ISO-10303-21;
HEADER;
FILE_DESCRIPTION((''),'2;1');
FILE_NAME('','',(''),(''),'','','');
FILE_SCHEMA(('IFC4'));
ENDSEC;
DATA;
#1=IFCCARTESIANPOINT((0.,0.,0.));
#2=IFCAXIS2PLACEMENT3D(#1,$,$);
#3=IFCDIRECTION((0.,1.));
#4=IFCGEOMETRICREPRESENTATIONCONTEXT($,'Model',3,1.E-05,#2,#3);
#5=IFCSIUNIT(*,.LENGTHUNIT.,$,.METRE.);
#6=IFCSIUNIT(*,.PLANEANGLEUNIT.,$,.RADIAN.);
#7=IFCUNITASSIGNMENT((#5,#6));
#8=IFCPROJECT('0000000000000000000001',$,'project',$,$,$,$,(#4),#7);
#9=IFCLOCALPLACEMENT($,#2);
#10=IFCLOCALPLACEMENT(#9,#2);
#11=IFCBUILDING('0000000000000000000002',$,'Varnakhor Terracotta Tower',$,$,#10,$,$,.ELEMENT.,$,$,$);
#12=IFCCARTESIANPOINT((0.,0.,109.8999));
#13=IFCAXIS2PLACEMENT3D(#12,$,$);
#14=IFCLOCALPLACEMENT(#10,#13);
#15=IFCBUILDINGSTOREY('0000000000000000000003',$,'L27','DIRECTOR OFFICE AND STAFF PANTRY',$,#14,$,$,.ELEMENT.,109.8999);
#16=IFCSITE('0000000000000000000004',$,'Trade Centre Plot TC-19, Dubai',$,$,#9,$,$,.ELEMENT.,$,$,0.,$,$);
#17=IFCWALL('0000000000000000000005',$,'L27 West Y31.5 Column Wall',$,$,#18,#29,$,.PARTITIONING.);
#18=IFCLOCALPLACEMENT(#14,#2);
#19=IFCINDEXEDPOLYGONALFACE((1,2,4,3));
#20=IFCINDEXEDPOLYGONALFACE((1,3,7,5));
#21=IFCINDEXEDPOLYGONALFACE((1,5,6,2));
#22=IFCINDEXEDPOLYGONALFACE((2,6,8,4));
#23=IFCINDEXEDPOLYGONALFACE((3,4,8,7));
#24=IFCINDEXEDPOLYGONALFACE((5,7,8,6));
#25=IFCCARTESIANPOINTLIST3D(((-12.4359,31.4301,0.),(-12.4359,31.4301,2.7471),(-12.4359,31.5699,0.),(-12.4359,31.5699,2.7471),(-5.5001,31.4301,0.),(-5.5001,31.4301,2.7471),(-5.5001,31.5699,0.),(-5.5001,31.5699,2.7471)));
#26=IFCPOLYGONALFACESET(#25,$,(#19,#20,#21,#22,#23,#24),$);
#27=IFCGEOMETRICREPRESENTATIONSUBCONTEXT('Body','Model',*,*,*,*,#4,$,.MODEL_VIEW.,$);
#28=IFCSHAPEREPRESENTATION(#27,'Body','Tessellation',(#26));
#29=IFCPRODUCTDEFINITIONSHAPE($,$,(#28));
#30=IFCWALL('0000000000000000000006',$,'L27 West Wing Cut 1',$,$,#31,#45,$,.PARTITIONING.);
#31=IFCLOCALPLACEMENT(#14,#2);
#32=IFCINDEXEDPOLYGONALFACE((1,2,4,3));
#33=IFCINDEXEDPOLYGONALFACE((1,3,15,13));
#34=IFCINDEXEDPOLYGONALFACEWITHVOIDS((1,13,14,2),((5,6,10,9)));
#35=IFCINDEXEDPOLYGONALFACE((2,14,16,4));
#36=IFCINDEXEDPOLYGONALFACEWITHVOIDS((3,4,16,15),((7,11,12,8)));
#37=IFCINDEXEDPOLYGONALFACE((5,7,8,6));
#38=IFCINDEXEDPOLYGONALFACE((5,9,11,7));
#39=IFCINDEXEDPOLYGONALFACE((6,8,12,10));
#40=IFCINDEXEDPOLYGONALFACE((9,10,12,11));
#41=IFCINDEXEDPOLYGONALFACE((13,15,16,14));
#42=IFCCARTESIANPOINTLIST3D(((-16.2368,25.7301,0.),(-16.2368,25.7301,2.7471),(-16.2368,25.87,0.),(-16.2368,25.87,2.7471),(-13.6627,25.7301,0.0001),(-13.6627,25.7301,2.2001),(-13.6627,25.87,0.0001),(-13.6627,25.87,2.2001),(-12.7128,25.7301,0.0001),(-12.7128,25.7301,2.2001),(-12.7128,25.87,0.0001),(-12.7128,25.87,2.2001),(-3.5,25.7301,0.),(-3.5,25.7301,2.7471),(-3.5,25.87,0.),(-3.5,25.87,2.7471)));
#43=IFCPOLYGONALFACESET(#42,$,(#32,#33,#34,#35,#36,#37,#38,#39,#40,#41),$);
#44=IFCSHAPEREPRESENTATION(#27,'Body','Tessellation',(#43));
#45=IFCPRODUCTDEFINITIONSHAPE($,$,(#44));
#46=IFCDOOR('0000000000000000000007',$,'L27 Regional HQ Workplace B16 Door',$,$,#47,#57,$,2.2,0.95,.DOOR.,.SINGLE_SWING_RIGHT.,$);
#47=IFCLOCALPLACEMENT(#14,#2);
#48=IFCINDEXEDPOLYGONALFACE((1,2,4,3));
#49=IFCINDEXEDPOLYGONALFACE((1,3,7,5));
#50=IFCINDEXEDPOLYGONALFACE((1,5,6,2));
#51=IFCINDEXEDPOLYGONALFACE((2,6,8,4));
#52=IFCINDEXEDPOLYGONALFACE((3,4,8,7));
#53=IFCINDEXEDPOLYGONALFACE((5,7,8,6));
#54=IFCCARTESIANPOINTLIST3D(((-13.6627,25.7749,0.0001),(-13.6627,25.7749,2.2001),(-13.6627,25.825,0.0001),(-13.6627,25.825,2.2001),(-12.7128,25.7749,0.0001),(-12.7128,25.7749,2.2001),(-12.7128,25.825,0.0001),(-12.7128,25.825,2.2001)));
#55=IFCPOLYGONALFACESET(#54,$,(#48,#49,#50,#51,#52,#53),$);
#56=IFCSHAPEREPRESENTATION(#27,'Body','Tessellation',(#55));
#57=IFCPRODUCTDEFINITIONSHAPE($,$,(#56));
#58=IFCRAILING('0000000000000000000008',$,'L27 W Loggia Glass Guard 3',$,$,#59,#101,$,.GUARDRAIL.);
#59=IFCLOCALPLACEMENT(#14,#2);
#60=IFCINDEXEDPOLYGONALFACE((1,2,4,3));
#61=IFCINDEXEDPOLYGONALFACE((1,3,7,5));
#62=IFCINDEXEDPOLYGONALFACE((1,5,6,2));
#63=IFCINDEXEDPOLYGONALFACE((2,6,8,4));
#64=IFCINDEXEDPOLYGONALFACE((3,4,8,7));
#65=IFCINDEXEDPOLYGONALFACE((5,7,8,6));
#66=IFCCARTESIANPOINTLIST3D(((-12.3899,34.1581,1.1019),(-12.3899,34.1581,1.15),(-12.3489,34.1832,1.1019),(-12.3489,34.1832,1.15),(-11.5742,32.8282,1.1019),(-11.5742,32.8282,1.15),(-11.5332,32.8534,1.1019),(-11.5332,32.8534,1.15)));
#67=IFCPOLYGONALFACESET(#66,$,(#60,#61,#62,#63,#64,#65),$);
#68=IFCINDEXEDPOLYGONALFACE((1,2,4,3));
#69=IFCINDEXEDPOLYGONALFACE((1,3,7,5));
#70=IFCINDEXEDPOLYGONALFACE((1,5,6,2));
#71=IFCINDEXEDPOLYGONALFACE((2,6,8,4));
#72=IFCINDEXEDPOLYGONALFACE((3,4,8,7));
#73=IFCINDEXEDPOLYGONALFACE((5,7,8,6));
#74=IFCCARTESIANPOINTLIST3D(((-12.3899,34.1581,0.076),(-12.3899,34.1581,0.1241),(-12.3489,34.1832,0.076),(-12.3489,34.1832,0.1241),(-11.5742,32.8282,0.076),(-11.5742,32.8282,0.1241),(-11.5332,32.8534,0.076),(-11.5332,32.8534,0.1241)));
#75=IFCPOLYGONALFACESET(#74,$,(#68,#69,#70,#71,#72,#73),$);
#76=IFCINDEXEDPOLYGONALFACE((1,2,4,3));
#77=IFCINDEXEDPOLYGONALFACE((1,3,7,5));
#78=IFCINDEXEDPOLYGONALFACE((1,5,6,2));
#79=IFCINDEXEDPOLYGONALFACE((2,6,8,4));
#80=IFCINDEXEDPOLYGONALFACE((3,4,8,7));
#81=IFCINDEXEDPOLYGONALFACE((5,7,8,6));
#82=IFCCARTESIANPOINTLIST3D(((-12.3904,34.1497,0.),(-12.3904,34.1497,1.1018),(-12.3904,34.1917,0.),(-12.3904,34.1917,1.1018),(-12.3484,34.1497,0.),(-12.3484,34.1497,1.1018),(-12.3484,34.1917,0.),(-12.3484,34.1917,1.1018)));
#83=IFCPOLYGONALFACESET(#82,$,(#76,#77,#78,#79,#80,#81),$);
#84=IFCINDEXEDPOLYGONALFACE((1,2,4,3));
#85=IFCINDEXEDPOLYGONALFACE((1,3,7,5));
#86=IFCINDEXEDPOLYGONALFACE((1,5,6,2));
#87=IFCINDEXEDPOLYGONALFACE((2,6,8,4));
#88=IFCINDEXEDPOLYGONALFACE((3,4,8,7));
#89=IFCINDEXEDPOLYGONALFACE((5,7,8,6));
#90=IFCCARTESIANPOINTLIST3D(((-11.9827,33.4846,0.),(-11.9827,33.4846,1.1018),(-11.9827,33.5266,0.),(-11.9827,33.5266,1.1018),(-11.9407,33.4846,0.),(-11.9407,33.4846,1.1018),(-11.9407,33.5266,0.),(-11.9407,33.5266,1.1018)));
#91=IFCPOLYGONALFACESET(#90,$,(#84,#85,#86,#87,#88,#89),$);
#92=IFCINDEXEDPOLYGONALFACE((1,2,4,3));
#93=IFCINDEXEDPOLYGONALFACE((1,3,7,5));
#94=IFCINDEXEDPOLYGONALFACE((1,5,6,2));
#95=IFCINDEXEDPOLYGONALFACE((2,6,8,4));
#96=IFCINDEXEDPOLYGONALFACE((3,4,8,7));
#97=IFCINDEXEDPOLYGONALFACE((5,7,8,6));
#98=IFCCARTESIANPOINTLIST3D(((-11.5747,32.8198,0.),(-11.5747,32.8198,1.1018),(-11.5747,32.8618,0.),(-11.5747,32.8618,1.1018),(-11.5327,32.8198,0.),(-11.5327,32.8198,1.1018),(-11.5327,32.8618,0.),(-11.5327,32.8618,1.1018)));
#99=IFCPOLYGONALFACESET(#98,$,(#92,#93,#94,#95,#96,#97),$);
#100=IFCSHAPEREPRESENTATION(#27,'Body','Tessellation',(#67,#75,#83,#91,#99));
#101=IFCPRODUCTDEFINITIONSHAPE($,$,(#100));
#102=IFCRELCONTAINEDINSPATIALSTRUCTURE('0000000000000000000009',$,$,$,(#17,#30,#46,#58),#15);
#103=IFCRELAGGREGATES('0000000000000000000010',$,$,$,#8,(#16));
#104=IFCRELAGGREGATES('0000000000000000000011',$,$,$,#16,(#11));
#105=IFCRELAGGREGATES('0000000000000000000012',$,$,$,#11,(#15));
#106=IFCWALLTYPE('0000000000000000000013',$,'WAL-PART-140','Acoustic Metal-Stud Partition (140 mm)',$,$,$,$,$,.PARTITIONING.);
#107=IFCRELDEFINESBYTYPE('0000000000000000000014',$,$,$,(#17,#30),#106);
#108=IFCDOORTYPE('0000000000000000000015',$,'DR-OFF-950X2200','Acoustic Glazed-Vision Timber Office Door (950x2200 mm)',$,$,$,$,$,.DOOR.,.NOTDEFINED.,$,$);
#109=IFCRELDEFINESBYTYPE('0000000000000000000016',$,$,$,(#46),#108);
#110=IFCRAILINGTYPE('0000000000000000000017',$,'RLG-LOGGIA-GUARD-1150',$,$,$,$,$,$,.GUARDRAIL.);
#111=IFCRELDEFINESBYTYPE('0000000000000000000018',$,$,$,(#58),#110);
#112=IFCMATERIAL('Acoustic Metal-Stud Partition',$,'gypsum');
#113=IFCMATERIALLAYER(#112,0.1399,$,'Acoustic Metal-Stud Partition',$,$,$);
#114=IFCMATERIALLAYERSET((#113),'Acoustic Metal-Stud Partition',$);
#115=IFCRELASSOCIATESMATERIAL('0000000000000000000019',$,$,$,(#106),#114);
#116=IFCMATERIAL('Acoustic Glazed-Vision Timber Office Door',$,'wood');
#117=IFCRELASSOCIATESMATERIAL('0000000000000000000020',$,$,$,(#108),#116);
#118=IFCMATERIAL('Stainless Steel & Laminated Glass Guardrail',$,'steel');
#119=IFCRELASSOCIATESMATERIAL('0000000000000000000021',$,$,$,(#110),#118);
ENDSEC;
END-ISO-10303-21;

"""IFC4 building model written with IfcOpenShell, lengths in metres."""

from ifc_helpers import new_model, si_unit, direction, frame, frame_2d, origin, origin_2d, place, context, subcontext, project, spatial, rectangle, extrude, source, transform, mapped, material, layer, layer_set, type_object, type_shapes, element, fill, save


model = new_model("IFC4")

# Units and contexts
model_context = context("Model", 3, precision=1e-05, world=origin(), true_north=direction((0.0, 1.0)))
body_context = subcontext(model_context, "Body", "Model", "MODEL_VIEW")
ifc_project = project(units=[si_unit("LENGTHUNIT", "METRE"), si_unit("PLANEANGLEUNIT", "RADIAN")], contexts=[model_context])

# Site, building, storey
site_placement = place(None, origin())
site = spatial("IfcSite", under=ifc_project, at=site_placement, Name="Trade Centre Plot TC-19, Dubai", CompositionType="ELEMENT", RefElevation=0.0)
building_placement = place(site_placement, origin())
building = spatial("IfcBuilding", under=site, at=building_placement, Name="Varnakhor Terracotta Tower", CompositionType="ELEMENT")
storey_placement = place(building_placement, frame((0.0, 0.0, 109.8999)))
storey = spatial("IfcBuildingStorey", under=building, at=storey_placement, Name="L27", Description="DIRECTOR OFFICE AND STAFF PANTRY", CompositionType="ELEMENT", Elevation=109.8999)

# Shared definitions
ifc_material_1 = material(Name="Acoustic Metal-Stud Partition", Category="gypsum")
ifc_layer_1 = layer(ifc_material_1, 0.1399, Name="Acoustic Metal-Stud Partition")
ifc_layer_set_1 = layer_set([ifc_layer_1], Name="Acoustic Metal-Stud Partition")
wall_type_1 = type_object("IfcWallType", Name="WAL-PART-140", Description="Acoustic Metal-Stud Partition (140 mm)", PredefinedType="PARTITIONING", material=ifc_layer_set_1)
ifc_material_2 = material(Name="Acoustic Glazed-Vision Timber Office Door", Category="wood")
door_type = type_object("IfcDoorType", Name="DR-OFF-950X2200", Description="Acoustic Glazed-Vision Timber Office Door (950x2200 mm)", OperationType="NOTDEFINED", PredefinedType="DOOR", material=ifc_material_2)
shared_shape_1 = source(origin(), body_context, "Body", "SweptSolid", [
    extrude(rectangle(XDim=0.95, YDim=2.2, at=frame_2d((0.4751, 1.1001))), frame((0.0, 0.0249, 0.0), z_axis=(0.0, -1.0, 0.0), x_axis=(1.0, 0.0, 0.0)), (0.0, 0.0, 1.0), 0.05),
])
type_shapes(door_type, [shared_shape_1])

# Wall
wall_1_placement = place(storey_placement, frame((-12.4358, 31.5, 0.0), z_axis=(0.0, 0.0, 1.0), x_axis=(1.0, 0.0, 0.0)))
element("IfcWall", 1, at=wall_1_placement, inside=storey, type_object=wall_type_1, Name="L27 West Y31.5 Column Wall", PredefinedType="PARTITIONING", context=body_context, shape_type="SweptSolid", body=[
    extrude(rectangle(XDim=6.9358, YDim=0.1399, at=frame_2d((3.4678, 0.0))), origin(), (0.0, 0.0, 1.0), 2.7471),
])

# Wall, opening, door
wall_2_placement = place(storey_placement, frame((-16.2368, 25.8, 0.0), z_axis=(0.0, 0.0, 1.0), x_axis=(1.0, 0.0, 0.0)))
wall_2 = element("IfcWall", 2, at=wall_2_placement, inside=storey, type_object=wall_type_1, Name="L27 West Wing Cut 1", PredefinedType="PARTITIONING", context=body_context, shape_type="SweptSolid", body=[
    extrude(rectangle(XDim=12.7368, YDim=0.1399, at=frame_2d((6.3684, 0.0))), origin(), (0.0, 0.0, 1.0), 2.7471),
])
opening_1_placement = place(wall_2_placement, frame((2.574, 0.0, 0.0)))
opening_1 = element("IfcOpeningElement", 3, at=opening_1_placement, cuts=wall_2, PredefinedType="OPENING", context=body_context, shape_type="SweptSolid", body=[
    extrude(rectangle(XDim=0.95, YDim=2.2, at=frame_2d((0.4751, 1.1001))), frame((0.0, 0.0801, 0.0), z_axis=(0.0, -1.0, 0.0), x_axis=(1.0, 0.0, 0.0)), (0.0, 0.0, 1.0), 0.1599),
])
door_1_placement = place(opening_1_placement, origin())
door_1 = element("IfcDoor", 4, at=door_1_placement, inside=storey, type_object=door_type, Name="L27 Regional HQ Workplace B16 Door", OperationType="SINGLE_SWING_RIGHT", OverallHeight=2.2, OverallWidth=0.95, PredefinedType="DOOR", context=body_context, shape_type="MappedRepresentation", body=[
    mapped(shared_shape_1, transform((0.0, 0.0, 0.0), scale=1.0)),
])
fill(opening_1, door_1)

# Railing
ifc_material_3 = material(Name="Stainless Steel & Laminated Glass Guardrail", Category="steel")
railing_type = type_object("IfcRailingType", Name="RLG-LOGGIA-GUARD-1150", PredefinedType="GUARDRAIL", material=ifc_material_3)
railing_placement = place(storey_placement, frame((-12.3694, 34.1707, 0.0)))
element("IfcRailing", 5, at=railing_placement, inside=storey, type_object=railing_type, Name="L27 W Loggia Glass Guard 3", PredefinedType="GUARDRAIL", context=body_context, shape_type="SweptSolid", body=[
    extrude(rectangle(XDim=0.0481, YDim=0.0481, at=origin_2d()), frame((0.0, 0.0, 1.126), z_axis=(0.522848, -0.852426, 0.0), x_axis=(0.852426, 0.522848, 0.0)), (0.0, 0.0, 1.0), 1.5601),
    extrude(rectangle(XDim=0.0481, YDim=0.0481, at=origin_2d()), frame((0.0, 0.0, 0.1001), z_axis=(0.522848, -0.852426, 0.0), x_axis=(0.852426, 0.522848, 0.0)), (0.0, 0.0, 1.0), 1.5601),
    extrude(rectangle(XDim=0.042, YDim=0.042, at=origin_2d()), origin(), (0.0, 0.0, 1.0), 1.1018),
    extrude(rectangle(XDim=0.042, YDim=0.042, at=origin_2d()), frame((0.4077, -0.665, 0.0)), (0.0, 0.0, 1.0), 1.1018),
    extrude(rectangle(XDim=0.042, YDim=0.042, at=origin_2d()), frame((0.8157, -1.3298, 0.0)), (0.0, 0.0, 1.0), 1.1018),
])

save(model, "model.ifc")
